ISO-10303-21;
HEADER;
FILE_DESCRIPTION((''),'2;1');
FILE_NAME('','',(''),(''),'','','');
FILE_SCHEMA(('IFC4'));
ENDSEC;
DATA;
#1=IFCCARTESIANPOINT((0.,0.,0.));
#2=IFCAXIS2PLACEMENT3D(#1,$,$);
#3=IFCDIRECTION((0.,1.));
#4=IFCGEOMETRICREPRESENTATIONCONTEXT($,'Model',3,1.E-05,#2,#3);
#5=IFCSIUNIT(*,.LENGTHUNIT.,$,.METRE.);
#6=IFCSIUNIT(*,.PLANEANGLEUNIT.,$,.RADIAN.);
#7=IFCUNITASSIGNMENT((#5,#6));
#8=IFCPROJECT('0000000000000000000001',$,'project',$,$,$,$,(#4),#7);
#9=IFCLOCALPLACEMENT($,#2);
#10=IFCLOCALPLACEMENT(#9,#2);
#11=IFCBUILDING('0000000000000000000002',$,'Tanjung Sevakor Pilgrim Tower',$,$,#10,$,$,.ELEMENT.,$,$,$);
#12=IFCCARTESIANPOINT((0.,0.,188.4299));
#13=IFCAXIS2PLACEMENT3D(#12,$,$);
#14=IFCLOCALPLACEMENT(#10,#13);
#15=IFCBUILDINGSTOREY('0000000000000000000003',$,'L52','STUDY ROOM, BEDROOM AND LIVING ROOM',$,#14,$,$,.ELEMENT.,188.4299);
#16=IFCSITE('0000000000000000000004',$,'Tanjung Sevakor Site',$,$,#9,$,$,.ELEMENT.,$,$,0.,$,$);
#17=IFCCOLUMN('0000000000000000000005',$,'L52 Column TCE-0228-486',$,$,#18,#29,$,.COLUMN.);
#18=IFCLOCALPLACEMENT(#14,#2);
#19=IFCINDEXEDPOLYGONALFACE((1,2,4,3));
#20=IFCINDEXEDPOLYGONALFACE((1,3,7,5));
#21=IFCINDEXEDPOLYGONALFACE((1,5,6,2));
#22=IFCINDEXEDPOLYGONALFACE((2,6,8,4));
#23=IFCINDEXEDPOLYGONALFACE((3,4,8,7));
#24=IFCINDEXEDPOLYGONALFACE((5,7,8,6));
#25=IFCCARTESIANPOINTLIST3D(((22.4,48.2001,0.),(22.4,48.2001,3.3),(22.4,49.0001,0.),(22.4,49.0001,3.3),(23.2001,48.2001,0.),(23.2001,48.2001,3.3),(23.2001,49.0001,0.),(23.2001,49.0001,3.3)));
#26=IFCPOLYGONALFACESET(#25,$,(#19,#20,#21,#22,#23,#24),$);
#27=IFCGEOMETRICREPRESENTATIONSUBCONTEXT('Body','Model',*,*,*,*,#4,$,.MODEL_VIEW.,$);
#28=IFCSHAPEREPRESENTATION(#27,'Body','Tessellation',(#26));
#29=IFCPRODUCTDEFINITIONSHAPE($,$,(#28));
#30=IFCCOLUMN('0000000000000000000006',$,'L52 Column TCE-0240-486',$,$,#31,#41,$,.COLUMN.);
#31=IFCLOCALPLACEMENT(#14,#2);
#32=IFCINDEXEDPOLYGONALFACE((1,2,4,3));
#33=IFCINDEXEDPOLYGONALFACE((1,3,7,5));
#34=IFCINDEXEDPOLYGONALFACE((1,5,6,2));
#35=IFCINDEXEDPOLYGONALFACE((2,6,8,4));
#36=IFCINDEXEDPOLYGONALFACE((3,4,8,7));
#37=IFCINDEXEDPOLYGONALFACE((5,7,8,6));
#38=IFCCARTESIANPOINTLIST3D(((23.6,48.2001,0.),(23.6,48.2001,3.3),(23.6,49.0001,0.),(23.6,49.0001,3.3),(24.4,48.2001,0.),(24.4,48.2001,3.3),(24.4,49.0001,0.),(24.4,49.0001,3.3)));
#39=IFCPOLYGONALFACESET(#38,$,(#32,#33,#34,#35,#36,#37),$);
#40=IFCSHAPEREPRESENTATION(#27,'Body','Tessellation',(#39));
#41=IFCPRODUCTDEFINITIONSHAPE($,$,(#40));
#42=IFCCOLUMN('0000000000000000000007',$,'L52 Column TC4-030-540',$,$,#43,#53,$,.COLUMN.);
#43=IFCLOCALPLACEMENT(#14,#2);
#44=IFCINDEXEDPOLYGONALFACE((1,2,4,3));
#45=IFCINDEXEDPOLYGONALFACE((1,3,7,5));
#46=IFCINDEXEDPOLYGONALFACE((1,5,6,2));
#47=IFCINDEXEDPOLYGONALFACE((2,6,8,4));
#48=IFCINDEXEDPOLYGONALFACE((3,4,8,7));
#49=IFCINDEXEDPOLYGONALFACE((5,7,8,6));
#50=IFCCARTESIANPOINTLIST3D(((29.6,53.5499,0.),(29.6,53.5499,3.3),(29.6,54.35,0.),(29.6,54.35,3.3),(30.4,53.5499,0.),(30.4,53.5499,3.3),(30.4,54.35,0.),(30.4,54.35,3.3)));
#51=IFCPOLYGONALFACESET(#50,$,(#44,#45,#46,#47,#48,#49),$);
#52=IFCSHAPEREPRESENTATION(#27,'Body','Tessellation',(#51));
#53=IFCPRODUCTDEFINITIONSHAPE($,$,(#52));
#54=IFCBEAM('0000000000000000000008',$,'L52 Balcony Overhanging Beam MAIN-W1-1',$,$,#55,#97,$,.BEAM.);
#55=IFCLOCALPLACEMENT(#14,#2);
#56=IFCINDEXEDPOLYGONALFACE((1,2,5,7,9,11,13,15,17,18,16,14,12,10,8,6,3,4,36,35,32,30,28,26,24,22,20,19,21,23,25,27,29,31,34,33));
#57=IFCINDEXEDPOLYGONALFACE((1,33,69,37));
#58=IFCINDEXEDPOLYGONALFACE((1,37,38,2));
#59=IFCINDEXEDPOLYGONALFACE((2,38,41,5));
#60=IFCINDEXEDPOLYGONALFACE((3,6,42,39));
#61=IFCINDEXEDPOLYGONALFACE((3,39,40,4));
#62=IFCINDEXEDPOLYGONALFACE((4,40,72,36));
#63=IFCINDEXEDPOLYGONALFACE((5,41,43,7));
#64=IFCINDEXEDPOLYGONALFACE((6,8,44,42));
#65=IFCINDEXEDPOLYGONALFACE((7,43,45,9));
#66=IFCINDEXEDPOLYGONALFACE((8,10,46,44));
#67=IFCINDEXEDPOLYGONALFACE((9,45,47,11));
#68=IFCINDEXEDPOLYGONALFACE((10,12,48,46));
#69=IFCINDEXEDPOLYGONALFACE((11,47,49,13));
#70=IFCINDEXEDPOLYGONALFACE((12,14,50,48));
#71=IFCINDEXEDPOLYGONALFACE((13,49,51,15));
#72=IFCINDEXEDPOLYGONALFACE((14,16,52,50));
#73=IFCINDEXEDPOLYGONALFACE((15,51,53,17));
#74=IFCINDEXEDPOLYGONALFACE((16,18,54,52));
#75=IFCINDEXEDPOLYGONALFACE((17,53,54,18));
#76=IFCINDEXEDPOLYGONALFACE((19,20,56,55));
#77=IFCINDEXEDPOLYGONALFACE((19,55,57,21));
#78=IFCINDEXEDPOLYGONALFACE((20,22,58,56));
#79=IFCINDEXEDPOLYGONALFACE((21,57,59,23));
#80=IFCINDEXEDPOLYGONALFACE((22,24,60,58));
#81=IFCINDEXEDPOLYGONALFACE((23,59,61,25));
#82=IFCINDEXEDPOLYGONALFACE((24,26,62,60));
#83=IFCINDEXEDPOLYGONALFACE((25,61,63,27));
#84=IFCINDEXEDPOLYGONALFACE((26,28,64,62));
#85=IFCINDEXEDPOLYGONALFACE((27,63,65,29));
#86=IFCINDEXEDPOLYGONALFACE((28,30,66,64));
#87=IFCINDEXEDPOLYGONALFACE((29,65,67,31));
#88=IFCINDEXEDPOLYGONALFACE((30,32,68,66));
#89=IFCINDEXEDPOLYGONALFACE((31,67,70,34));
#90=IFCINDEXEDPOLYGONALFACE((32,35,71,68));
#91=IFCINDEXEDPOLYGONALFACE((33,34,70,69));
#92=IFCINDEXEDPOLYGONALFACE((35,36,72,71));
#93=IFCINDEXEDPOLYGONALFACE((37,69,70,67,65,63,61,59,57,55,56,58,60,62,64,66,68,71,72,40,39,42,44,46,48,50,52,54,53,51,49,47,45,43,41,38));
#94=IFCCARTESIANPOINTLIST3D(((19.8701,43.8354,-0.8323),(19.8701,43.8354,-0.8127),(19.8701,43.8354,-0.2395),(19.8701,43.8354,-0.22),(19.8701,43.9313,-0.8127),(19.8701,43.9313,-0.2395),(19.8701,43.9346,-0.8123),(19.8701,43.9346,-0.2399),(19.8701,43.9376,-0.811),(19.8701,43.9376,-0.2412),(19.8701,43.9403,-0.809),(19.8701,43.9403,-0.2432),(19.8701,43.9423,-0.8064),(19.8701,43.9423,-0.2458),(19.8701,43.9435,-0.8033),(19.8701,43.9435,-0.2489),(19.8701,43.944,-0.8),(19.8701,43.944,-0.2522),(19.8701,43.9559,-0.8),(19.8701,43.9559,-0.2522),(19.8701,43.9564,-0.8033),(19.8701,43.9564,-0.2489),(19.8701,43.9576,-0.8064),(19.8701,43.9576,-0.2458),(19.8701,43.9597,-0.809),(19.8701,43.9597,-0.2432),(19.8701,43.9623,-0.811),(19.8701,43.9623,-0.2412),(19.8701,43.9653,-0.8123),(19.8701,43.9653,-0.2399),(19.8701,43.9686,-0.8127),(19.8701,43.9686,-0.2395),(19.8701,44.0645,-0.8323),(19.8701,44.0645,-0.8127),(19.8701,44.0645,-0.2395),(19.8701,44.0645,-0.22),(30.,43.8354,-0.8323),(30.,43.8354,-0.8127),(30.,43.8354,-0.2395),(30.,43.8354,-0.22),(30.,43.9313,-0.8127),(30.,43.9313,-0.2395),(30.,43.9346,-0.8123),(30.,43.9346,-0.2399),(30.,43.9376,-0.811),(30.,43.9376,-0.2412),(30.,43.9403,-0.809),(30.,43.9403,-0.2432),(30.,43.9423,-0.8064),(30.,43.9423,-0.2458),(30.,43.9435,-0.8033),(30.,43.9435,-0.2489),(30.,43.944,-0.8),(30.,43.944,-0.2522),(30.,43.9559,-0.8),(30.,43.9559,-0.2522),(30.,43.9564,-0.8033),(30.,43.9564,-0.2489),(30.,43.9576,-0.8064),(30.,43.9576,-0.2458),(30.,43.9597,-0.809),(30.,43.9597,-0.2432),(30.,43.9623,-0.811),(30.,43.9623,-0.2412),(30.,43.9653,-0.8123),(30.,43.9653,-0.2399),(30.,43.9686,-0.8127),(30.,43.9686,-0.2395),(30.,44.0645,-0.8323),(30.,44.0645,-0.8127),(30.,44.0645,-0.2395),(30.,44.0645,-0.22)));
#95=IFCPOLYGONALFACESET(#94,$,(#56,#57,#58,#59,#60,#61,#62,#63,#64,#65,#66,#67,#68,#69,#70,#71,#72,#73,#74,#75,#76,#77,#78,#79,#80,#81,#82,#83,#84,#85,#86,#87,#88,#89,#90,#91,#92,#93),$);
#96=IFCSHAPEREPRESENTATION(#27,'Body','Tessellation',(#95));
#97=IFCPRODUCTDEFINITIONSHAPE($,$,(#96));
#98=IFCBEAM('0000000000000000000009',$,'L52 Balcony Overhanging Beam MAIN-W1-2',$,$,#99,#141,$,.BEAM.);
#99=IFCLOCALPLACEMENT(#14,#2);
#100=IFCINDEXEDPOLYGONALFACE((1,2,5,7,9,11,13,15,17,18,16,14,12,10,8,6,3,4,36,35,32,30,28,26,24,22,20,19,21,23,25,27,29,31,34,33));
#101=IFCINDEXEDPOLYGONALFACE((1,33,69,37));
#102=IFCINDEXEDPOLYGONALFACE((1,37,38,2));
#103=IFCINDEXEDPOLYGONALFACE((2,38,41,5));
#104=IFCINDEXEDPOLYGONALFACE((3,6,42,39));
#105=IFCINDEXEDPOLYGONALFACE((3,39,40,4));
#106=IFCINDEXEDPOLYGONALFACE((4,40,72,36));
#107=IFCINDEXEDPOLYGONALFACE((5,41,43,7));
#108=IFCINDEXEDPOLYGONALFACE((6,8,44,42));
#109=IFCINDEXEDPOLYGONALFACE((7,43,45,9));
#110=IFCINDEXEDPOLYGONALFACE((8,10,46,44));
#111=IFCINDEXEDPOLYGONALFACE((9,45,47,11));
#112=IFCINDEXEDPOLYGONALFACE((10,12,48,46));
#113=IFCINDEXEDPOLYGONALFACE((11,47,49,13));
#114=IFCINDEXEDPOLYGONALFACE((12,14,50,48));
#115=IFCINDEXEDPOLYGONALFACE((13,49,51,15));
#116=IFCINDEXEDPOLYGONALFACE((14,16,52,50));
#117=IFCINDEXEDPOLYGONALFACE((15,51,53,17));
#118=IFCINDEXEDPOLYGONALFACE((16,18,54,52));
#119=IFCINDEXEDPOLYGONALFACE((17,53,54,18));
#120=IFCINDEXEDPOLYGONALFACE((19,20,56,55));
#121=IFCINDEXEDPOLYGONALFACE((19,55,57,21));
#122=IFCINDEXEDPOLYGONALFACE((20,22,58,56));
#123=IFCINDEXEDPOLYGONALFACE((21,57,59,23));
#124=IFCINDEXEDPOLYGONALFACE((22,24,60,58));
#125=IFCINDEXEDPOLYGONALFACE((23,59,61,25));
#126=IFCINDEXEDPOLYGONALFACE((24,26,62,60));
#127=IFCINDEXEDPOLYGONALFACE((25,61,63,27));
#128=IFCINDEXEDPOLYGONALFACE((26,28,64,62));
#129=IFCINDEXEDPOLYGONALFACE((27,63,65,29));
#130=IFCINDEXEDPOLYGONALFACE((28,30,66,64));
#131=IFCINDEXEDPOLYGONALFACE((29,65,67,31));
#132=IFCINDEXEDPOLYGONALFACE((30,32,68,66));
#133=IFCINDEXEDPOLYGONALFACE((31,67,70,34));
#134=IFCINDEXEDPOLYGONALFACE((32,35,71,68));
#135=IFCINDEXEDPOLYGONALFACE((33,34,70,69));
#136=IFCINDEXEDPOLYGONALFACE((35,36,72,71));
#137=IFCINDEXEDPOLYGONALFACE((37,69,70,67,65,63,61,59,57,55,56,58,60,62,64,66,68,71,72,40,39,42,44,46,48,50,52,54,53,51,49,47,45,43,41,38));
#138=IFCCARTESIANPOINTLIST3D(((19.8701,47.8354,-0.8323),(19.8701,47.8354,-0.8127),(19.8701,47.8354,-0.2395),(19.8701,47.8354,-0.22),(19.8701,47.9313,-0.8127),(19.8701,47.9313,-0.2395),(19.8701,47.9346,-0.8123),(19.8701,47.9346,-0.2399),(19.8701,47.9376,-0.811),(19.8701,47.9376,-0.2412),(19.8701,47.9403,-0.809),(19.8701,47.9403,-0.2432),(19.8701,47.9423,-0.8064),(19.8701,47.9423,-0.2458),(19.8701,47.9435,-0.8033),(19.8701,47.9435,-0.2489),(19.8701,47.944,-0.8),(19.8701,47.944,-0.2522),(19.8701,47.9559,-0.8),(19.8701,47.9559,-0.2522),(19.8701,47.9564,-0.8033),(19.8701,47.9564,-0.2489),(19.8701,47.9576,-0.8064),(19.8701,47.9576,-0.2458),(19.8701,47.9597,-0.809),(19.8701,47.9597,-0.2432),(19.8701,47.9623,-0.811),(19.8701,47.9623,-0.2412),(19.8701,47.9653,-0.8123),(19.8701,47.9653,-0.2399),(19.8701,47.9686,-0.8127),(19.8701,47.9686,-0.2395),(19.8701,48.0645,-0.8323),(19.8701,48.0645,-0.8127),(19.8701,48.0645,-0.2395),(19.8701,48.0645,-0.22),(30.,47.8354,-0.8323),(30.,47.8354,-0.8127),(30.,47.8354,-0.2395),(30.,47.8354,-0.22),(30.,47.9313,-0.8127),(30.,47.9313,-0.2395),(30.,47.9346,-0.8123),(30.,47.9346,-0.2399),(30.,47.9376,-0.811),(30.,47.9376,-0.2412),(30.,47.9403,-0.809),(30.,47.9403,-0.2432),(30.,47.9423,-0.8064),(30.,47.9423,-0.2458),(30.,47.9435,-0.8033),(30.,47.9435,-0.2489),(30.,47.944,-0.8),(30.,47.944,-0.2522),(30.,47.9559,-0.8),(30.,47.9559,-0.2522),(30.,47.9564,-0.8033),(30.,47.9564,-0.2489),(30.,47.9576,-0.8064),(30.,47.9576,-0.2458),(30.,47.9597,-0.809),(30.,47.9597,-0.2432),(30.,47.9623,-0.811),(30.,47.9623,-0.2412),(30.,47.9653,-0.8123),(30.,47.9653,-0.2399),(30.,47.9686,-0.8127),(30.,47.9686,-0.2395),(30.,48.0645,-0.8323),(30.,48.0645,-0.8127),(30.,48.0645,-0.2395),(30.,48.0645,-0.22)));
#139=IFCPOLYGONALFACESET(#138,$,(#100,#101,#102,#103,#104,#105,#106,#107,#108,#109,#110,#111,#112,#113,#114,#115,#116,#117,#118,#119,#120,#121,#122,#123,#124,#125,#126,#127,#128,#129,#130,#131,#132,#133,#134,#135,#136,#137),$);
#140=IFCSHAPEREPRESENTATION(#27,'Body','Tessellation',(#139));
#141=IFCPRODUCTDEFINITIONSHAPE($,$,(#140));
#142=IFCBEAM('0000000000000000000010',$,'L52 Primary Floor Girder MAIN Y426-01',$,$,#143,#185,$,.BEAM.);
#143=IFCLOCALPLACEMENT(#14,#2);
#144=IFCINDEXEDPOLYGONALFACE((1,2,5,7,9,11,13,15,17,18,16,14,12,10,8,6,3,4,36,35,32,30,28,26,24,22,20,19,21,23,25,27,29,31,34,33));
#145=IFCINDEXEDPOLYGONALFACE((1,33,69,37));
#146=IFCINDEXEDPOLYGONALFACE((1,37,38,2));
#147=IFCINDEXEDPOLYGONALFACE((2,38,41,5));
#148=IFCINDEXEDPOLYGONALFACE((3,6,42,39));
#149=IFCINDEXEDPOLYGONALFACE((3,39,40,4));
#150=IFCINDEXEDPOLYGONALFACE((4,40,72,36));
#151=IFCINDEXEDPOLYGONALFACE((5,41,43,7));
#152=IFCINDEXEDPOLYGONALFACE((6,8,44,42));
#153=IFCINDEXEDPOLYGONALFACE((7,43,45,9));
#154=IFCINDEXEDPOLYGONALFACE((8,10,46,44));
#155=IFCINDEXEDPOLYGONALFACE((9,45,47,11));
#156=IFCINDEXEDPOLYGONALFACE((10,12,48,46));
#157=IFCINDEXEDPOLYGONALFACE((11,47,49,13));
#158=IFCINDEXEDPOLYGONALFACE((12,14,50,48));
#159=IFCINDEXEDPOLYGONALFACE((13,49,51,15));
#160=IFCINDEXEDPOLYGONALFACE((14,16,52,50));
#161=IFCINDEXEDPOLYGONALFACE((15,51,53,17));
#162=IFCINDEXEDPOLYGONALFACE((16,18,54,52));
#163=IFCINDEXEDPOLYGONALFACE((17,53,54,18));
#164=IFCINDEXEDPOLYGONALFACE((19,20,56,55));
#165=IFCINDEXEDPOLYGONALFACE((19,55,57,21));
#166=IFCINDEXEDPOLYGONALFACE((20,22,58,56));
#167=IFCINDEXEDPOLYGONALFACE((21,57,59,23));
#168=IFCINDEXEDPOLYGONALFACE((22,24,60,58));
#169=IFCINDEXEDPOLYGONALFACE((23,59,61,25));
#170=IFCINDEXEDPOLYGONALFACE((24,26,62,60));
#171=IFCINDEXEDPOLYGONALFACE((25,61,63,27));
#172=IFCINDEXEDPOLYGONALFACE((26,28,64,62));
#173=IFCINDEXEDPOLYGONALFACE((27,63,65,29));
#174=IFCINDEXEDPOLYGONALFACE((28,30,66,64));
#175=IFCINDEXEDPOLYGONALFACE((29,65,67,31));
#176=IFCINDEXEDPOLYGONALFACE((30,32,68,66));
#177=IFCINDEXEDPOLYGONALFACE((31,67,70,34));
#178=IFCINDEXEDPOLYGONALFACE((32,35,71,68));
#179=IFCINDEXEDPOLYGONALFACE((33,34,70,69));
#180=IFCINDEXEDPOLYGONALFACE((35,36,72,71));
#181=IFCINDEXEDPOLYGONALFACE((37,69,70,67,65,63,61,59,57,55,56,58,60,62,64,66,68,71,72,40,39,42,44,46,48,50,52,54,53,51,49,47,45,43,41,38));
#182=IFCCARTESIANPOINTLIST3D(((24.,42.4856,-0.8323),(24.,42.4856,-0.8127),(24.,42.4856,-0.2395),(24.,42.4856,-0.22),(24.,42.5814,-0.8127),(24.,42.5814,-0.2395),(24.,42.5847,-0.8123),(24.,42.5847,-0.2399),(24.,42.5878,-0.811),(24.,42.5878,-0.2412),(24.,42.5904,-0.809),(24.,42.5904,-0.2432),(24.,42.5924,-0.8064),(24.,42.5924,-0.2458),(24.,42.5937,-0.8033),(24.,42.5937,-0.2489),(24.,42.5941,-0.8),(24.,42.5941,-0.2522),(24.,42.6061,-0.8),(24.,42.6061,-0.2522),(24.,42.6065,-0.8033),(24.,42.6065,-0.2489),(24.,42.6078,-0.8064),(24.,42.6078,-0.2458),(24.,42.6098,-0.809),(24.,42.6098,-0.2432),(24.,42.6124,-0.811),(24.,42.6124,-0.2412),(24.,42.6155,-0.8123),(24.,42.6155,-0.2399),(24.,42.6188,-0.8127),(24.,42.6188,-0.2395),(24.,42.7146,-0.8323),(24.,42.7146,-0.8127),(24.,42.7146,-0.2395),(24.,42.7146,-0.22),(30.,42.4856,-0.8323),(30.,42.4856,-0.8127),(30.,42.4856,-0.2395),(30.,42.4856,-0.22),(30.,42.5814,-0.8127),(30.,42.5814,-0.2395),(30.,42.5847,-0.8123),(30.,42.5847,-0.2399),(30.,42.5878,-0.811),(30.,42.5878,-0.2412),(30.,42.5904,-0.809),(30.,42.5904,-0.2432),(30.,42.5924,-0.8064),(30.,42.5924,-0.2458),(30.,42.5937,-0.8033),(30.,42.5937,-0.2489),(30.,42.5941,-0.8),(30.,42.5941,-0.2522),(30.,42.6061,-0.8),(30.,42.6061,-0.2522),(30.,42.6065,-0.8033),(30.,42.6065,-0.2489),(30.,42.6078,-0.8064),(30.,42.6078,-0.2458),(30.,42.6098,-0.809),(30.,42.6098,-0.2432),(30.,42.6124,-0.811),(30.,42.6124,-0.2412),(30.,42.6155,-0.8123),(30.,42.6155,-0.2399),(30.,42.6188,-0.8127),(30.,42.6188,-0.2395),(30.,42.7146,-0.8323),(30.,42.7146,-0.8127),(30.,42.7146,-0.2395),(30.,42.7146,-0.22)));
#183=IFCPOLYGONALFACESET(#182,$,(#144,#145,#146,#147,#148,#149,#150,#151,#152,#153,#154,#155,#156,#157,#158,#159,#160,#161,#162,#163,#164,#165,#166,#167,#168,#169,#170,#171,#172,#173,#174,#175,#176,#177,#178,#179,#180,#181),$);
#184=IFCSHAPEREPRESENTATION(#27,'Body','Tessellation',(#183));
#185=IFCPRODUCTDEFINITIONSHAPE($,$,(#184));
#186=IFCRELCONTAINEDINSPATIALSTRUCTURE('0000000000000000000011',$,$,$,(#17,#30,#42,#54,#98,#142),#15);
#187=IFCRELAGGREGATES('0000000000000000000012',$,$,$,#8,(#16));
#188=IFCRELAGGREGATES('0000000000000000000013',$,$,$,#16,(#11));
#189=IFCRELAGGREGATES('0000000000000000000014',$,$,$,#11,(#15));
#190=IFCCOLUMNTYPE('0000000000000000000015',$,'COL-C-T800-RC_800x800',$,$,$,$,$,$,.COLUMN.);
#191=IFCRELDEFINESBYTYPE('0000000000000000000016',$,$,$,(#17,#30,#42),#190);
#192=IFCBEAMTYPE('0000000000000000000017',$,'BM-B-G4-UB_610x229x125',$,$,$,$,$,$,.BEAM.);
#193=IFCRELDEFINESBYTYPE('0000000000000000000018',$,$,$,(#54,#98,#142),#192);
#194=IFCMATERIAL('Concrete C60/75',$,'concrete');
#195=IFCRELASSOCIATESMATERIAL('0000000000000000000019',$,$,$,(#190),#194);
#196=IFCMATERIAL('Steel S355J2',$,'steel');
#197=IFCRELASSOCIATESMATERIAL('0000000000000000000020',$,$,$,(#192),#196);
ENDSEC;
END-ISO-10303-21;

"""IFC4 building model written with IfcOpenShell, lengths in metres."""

from ifc_helpers import new_model, si_unit, direction, frame, origin, origin_2d, place, context, subcontext, project, spatial, rectangle, i_section, extrude, material, material_profile, profile_set, type_object, element, save


model = new_model("IFC4")

# Units and contexts
model_context = context("Model", 3, precision=1e-05, world=origin(), true_north=direction((0.0, 1.0)))
body_context = subcontext(model_context, "Body", "Model", "MODEL_VIEW")
ifc_project = project(units=[si_unit("LENGTHUNIT", "METRE"), si_unit("PLANEANGLEUNIT", "RADIAN")], contexts=[model_context])

# Site, building, storey
site_placement = place(None, origin())
site = spatial("IfcSite", under=ifc_project, at=site_placement, Name="Tanjung Sevakor Site", CompositionType="ELEMENT", RefElevation=0.0)
building_placement = place(site_placement, origin())
building = spatial("IfcBuilding", under=site, at=building_placement, Name="Tanjung Sevakor Pilgrim Tower", CompositionType="ELEMENT")
storey_placement = place(building_placement, frame((0.0, 0.0, 188.4299)))
storey = spatial("IfcBuildingStorey", under=building, at=storey_placement, Name="L52", Description="STUDY ROOM, BEDROOM AND LIVING ROOM", CompositionType="ELEMENT", Elevation=188.4299)

# Columns
ifc_material_1 = material(Name="Concrete C60/75", Category="concrete")
ifc_material_profile_1 = material_profile(ifc_material_1, rectangle(XDim=0.8, YDim=0.8, at=origin_2d()))
ifc_profile_set_1 = profile_set([ifc_material_profile_1], Name="Concrete C60/75")
column_type = type_object("IfcColumnType", Name="COL-C-T800-RC_800x800", PredefinedType="COLUMN", material=ifc_profile_set_1)
for number, where, z_axis, x_axis, name in (
    (1, (22.8, 48.6001, 0.0), (0.0, 0.0, 1.0), (1.0, 0.0, 0.0), "L52 Column TCE-0228-486"),
    (2, (24.0, 48.6001, 0.0), (0.0, 0.0, 1.0), (1.0, 0.0, 0.0), "L52 Column TCE-0240-486"),
    (3, (30.0, 53.95, 0.0), (0.0, 0.0, 1.0), (1.0, 0.0, 0.0), "L52 Column TC4-030-540"),
):
    element("IfcColumn", number, at=place(storey_placement, frame(where, z_axis=z_axis, x_axis=x_axis)), inside=storey, type_object=column_type, Name=name, PredefinedType="COLUMN", context=body_context, shape_type="SweptSolid", body=[
        extrude(rectangle(XDim=0.8, YDim=0.8, at=origin_2d()), origin(), (0.0, 0.0, 1.0), 3.3),
    ])

# Beams
ifc_material_2 = material(Name="Steel S355J2", Category="steel")
ifc_material_profile_2 = material_profile(ifc_material_2, i_section(OverallWidth=0.229, OverallDepth=0.6123, WebThickness=0.012, FlangeThickness=0.0195, FilletRadius=0.0127, at=origin_2d()))
ifc_profile_set_2 = profile_set([ifc_material_profile_2], Name="Steel S355J2")
beam_type_1 = type_object("IfcBeamType", Name="BM-B-G4-UB_610x229x125", PredefinedType="BEAM", material=ifc_profile_set_2)
for number, where, z_axis, x_axis, name in (
    (4, (30.0, 43.95, -0.5261), (-1.0, 0.0, 0.0), (0.0, -1.0, 0.0), "L52 Balcony Overhanging Beam MAIN-W1-1"),
    (5, (30.0, 47.95, -0.5261), (-1.0, 0.0, 0.0), (0.0, -1.0, 0.0), "L52 Balcony Overhanging Beam MAIN-W1-2"),
):
    element("IfcBeam", number, at=place(storey_placement, frame(where, z_axis=z_axis, x_axis=x_axis)), inside=storey, type_object=beam_type_1, Name=name, PredefinedType="BEAM", context=body_context, shape_type="SweptSolid", body=[
        extrude(i_section(OverallWidth=0.229, OverallDepth=0.6123, WebThickness=0.012, FlangeThickness=0.0195, FilletRadius=0.0127, at=origin_2d()), origin(), (0.0, 0.0, 1.0), 10.1299),
    ])
beam_1_placement = place(storey_placement, frame((24.0, 42.6001, -0.5261), z_axis=(1.0, 0.0, 0.0), x_axis=(0.0, 1.0, 0.0)))
element("IfcBeam", 6, at=beam_1_placement, inside=storey, type_object=beam_type_1, Name="L52 Primary Floor Girder MAIN Y426-01", PredefinedType="BEAM", context=body_context, shape_type="SweptSolid", body=[
    extrude(i_section(OverallWidth=0.229, OverallDepth=0.6123, WebThickness=0.012, FlangeThickness=0.0195, FilletRadius=0.0127, at=origin_2d()), origin(), (0.0, 0.0, 1.0), 6.0),
])

save(model, "model.ifc")
